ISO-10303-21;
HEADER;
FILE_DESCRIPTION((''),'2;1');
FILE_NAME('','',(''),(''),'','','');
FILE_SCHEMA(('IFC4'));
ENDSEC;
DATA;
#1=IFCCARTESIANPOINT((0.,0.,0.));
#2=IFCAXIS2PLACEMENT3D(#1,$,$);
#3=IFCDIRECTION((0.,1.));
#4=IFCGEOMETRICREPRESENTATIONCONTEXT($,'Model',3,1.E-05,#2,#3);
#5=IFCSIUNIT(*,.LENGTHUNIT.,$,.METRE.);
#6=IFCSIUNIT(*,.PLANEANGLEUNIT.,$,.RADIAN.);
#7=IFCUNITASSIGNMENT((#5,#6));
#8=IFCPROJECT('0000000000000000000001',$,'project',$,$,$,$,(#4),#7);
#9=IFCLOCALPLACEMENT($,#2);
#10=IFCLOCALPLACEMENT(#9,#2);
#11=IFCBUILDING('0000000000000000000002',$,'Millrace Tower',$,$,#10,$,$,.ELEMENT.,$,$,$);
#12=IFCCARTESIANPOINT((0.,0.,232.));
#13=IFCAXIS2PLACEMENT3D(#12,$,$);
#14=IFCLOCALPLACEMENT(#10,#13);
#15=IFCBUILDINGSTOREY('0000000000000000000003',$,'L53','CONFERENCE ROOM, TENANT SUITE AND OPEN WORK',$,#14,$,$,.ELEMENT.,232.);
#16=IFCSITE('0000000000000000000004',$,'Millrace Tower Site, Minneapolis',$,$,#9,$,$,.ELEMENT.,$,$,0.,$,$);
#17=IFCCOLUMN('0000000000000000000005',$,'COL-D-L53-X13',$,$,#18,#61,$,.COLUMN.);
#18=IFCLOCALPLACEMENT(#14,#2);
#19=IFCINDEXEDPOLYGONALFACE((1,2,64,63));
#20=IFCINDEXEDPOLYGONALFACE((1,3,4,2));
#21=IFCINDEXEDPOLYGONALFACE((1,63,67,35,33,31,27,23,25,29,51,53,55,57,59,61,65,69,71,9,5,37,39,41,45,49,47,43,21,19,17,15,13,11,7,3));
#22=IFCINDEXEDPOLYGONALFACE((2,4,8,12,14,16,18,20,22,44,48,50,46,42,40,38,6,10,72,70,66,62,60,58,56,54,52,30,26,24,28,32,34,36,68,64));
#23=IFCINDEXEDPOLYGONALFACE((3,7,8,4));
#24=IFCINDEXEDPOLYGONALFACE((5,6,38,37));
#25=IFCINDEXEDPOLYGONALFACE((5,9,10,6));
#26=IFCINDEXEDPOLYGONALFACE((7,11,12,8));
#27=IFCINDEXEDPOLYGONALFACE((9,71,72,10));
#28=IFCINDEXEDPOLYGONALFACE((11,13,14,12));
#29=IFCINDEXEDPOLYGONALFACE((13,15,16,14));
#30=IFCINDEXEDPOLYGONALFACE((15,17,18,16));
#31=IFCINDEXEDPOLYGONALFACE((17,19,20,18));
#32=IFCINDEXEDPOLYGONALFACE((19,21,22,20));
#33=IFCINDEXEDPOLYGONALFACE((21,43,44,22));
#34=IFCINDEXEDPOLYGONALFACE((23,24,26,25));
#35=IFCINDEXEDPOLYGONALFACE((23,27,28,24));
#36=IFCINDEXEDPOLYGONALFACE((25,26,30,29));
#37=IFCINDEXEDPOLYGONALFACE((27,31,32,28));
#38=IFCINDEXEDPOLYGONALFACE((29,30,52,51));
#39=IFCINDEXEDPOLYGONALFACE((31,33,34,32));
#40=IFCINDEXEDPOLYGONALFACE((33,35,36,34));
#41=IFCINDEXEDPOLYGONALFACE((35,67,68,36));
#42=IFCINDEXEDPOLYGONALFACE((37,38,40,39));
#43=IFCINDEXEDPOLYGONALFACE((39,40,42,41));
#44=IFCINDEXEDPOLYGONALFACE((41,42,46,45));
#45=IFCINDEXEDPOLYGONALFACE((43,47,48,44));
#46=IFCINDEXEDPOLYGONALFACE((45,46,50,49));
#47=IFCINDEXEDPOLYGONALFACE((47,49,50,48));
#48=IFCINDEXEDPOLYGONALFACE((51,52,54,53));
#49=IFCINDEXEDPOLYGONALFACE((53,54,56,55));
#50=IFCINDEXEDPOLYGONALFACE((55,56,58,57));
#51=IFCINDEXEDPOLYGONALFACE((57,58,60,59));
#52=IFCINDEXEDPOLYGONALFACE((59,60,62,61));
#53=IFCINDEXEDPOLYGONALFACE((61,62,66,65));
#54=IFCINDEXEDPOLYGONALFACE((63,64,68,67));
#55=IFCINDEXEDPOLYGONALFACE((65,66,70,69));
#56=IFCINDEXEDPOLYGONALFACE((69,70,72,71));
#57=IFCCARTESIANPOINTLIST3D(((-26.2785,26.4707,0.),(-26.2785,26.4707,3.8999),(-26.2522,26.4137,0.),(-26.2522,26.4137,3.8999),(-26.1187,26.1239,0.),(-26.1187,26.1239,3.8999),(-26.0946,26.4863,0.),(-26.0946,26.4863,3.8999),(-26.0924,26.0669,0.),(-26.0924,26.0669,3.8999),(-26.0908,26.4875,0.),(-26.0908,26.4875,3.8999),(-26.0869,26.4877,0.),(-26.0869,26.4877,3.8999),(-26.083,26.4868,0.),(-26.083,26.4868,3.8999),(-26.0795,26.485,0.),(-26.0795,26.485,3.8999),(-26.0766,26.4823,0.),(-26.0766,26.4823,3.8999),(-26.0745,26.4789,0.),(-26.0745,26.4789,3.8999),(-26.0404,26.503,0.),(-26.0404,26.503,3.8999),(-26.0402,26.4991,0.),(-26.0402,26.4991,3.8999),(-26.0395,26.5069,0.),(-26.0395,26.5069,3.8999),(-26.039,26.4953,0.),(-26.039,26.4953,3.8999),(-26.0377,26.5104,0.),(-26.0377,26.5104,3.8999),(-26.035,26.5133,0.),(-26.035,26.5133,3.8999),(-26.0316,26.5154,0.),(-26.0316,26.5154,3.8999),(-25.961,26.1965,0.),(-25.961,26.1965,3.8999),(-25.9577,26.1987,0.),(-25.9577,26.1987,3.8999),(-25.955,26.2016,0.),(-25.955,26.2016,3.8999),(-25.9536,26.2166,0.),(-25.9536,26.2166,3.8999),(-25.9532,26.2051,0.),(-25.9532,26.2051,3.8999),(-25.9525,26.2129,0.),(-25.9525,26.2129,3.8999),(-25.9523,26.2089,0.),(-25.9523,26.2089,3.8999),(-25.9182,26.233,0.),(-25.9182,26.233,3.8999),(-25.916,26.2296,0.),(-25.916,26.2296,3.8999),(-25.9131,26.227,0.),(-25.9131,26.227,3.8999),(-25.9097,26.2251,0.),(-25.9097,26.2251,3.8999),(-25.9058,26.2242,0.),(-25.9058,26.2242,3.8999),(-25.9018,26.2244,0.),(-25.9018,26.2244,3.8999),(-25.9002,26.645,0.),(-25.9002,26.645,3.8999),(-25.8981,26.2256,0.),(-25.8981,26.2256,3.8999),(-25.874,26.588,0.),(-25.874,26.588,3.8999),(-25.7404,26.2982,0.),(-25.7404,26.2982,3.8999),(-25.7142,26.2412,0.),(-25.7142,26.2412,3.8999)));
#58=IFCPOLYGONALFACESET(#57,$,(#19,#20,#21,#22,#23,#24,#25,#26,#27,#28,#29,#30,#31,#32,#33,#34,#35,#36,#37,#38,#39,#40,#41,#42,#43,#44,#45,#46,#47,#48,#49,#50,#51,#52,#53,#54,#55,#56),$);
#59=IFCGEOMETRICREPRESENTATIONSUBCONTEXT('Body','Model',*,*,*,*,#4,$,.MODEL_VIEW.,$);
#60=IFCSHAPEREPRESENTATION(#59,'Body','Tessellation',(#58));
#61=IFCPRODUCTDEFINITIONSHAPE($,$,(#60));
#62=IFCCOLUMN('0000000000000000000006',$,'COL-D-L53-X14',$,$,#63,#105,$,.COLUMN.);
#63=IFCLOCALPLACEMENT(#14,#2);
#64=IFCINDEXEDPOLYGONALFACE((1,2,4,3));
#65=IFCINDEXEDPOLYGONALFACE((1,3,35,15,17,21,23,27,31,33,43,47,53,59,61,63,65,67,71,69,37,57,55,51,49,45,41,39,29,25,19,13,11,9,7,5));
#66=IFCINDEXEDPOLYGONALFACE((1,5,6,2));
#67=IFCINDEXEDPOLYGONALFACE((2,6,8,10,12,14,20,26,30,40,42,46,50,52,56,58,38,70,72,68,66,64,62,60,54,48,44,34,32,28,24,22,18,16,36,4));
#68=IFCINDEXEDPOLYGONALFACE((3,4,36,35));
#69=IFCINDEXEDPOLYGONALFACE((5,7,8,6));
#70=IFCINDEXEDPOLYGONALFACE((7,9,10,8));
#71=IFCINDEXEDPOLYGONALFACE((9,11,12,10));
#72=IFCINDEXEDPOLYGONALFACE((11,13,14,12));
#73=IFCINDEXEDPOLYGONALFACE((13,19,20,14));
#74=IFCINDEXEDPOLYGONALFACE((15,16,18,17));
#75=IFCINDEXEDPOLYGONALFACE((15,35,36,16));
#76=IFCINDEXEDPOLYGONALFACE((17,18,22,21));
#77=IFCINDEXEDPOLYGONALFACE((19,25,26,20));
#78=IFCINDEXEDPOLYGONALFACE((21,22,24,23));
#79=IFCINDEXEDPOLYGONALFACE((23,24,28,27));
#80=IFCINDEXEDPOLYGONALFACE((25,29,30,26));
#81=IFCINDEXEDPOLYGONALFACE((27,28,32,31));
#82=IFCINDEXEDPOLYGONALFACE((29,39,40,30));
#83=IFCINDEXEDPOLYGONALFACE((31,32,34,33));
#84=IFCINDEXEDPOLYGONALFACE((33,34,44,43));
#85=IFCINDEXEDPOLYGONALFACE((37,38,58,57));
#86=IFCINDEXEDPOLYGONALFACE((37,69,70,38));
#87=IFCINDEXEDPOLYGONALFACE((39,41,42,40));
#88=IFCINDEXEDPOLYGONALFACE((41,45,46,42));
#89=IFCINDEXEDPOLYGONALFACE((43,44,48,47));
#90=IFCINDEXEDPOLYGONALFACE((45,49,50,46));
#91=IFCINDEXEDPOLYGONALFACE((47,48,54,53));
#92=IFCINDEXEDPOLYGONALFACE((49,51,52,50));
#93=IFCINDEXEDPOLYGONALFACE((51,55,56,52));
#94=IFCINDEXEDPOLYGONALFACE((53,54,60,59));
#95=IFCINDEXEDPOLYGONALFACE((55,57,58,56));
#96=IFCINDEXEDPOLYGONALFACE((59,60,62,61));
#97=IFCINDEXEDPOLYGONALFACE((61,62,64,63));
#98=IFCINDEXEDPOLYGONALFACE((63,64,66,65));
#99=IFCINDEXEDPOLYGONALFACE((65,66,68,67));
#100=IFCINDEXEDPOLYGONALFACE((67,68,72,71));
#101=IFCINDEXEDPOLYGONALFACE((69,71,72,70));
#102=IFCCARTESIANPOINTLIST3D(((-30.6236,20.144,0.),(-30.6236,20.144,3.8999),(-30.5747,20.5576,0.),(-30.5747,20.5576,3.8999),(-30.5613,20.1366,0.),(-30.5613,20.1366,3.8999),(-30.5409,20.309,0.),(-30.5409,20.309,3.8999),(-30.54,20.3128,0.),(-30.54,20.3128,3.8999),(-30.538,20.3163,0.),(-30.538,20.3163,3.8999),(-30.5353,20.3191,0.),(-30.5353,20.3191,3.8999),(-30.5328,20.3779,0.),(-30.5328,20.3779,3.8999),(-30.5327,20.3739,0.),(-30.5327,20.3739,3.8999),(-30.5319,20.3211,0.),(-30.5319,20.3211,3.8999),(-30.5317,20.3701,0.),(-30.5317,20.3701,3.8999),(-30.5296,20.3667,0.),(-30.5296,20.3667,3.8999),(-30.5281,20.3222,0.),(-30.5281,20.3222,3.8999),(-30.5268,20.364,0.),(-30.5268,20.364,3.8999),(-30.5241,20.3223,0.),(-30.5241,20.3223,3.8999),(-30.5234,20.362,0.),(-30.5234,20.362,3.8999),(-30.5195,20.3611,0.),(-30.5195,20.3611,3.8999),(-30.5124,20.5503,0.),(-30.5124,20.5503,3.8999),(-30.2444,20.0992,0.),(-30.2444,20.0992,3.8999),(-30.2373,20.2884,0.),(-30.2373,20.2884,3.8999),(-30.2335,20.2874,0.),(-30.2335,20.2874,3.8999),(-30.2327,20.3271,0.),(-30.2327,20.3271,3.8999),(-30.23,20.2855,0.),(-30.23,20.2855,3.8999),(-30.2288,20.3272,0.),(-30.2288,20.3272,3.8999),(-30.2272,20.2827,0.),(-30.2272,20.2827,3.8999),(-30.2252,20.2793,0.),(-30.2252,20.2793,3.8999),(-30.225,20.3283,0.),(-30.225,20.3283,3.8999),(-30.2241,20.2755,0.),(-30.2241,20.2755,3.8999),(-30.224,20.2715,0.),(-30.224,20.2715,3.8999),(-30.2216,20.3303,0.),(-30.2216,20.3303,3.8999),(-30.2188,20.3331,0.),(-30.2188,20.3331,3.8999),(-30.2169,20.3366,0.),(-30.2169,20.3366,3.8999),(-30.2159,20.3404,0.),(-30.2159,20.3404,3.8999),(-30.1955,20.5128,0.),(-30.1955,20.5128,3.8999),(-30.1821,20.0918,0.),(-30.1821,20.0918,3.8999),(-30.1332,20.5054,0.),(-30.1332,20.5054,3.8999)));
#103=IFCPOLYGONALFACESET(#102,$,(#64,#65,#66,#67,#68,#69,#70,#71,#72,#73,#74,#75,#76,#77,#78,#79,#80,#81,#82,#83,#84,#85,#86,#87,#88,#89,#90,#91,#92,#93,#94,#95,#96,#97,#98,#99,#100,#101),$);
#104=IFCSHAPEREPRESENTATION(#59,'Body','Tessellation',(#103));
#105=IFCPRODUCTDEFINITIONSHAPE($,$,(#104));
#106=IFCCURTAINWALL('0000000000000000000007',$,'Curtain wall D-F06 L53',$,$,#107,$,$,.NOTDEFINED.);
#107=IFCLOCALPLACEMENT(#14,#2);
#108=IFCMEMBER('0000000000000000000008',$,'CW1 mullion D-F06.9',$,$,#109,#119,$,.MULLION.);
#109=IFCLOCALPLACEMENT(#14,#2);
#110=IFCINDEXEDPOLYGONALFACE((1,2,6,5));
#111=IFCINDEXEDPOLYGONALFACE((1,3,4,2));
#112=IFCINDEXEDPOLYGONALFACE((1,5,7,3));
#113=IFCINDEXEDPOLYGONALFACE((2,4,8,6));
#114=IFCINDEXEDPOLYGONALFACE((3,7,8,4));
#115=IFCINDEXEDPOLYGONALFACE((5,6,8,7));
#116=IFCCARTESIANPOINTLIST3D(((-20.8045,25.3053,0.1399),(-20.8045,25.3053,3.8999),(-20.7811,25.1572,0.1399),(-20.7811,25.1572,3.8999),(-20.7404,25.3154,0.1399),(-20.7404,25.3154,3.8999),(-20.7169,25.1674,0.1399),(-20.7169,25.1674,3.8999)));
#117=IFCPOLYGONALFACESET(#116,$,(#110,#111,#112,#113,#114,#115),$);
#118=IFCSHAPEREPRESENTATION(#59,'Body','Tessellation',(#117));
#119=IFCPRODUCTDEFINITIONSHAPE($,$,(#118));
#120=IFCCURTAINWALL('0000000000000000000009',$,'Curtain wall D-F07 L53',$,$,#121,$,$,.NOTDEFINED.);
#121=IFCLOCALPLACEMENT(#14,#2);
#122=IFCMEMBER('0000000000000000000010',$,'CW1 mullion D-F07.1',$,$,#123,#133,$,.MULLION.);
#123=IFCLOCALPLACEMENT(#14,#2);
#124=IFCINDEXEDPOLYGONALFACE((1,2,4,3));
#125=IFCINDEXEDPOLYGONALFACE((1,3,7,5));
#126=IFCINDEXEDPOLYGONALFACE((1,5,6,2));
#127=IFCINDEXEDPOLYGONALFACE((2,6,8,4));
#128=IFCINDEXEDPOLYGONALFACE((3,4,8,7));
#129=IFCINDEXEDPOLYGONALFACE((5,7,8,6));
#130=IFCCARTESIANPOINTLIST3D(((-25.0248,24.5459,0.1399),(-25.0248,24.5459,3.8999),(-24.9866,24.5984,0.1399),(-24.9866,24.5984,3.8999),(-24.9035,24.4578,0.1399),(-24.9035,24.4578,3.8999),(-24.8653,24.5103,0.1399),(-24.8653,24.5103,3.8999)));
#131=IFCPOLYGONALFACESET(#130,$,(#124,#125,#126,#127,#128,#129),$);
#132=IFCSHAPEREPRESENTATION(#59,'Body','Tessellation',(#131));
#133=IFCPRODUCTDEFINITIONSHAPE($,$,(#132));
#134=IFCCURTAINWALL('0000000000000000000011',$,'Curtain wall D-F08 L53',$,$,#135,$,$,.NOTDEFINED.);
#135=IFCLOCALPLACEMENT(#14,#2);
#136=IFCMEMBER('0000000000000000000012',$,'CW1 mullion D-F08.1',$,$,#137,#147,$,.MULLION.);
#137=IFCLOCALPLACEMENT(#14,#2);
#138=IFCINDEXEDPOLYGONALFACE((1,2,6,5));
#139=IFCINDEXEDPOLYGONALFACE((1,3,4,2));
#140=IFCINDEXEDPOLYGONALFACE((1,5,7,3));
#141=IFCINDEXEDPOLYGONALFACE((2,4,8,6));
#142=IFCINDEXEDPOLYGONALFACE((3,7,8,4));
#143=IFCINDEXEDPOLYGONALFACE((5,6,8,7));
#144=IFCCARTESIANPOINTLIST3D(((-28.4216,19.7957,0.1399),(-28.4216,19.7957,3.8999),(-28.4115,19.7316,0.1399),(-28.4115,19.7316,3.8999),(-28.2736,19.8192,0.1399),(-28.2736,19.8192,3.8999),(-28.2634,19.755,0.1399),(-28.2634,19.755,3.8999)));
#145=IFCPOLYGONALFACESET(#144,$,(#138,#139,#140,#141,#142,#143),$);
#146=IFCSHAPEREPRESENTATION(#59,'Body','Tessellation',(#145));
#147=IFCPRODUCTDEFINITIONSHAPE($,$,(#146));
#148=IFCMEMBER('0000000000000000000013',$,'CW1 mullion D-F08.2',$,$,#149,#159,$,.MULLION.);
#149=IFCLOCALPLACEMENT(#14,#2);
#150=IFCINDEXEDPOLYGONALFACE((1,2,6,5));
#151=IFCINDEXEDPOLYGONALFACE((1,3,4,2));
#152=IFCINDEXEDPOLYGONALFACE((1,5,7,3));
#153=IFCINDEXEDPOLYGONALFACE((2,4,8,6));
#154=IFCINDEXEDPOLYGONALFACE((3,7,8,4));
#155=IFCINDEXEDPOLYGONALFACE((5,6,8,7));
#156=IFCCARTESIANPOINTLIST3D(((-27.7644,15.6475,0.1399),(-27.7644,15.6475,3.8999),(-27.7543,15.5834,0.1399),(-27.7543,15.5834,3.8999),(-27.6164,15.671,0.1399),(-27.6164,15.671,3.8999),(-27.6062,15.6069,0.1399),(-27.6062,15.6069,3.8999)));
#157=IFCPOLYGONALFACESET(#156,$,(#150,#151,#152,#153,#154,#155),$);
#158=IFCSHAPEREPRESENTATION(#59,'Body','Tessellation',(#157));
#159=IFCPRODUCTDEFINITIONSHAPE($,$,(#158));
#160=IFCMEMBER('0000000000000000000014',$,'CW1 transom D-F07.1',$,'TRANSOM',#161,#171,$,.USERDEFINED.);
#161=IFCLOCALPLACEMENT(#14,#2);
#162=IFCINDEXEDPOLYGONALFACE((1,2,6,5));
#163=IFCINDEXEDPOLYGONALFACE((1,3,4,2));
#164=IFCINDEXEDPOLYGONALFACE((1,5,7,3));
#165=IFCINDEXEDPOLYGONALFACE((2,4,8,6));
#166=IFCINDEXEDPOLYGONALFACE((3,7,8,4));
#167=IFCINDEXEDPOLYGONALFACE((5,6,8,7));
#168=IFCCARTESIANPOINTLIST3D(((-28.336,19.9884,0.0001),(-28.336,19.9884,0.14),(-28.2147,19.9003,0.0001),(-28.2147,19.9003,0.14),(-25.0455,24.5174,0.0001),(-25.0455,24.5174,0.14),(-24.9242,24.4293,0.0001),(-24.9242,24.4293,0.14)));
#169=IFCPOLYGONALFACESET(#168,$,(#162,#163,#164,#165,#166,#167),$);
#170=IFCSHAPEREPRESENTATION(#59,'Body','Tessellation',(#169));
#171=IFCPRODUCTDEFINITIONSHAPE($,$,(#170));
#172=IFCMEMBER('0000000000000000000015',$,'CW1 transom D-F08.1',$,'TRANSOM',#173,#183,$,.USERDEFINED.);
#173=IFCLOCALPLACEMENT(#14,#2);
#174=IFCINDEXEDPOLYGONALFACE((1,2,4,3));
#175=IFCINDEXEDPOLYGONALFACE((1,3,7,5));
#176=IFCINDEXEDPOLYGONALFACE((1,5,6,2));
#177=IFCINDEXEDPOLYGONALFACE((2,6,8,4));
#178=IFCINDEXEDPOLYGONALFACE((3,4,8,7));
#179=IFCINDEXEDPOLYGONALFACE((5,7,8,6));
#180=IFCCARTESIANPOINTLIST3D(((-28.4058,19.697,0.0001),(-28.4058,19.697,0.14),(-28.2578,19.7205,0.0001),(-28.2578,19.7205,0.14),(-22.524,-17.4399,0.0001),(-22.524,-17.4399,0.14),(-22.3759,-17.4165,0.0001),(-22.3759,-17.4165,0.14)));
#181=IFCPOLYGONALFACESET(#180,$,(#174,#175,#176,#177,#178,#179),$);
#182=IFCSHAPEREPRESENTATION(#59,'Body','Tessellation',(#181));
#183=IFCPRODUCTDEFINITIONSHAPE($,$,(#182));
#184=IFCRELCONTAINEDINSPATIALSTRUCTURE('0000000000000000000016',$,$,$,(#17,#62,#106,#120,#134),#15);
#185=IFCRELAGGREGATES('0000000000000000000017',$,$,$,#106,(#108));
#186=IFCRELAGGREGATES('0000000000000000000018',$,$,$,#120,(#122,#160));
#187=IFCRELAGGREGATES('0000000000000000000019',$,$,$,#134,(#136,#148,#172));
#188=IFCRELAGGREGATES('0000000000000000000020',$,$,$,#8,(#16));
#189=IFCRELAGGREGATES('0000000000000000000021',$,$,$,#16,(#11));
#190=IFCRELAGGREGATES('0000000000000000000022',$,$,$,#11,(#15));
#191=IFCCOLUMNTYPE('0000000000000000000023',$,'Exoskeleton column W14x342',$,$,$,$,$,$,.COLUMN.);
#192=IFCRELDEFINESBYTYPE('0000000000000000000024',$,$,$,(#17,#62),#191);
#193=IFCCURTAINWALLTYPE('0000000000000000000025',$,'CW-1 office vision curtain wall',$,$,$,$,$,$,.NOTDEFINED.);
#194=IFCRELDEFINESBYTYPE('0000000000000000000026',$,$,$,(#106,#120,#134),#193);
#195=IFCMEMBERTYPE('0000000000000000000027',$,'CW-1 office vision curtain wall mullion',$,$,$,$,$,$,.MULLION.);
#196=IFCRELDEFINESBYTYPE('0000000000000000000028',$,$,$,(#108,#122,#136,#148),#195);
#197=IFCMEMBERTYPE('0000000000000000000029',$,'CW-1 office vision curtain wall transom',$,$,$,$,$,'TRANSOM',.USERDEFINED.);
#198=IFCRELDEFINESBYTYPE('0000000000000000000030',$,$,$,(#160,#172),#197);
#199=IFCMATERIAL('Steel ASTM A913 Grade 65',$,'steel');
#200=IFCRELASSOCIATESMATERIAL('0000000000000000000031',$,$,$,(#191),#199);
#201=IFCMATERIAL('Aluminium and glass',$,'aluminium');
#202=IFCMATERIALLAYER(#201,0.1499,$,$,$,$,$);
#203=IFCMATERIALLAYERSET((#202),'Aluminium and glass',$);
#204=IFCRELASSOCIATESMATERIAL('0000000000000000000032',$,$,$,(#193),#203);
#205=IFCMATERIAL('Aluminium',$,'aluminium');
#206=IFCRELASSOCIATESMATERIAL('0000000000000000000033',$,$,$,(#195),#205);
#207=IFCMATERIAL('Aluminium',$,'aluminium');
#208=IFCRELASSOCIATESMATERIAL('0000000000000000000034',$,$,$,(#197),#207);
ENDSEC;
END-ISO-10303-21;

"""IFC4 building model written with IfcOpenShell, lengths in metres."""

from ifc_helpers import new_model, si_unit, direction, frame, origin, origin_2d, place, context, subcontext, project, spatial, rectangle, i_section, extrude, material, layer, layer_set, material_profile, profile_set, type_object, element, aggregate, save


model = new_model("IFC4")

# Units and contexts
model_context = context("Model", 3, precision=1e-05, world=origin(), true_north=direction((0.0, 1.0)))
body_context = subcontext(model_context, "Body", "Model", "MODEL_VIEW")
ifc_project = project(units=[si_unit("LENGTHUNIT", "METRE"), si_unit("PLANEANGLEUNIT", "RADIAN")], contexts=[model_context])

# Site, building, storey
site_placement = place(None, origin())
site = spatial("IfcSite", under=ifc_project, at=site_placement, Name="Millrace Tower Site, Minneapolis", CompositionType="ELEMENT", RefElevation=0.0)
building_placement = place(site_placement, origin())
building = spatial("IfcBuilding", under=site, at=building_placement, Name="Millrace Tower", CompositionType="ELEMENT")
storey_placement = place(building_placement, frame((0.0, 0.0, 232.0)))
storey = spatial("IfcBuildingStorey", under=building, at=storey_placement, Name="L53", Description="CONFERENCE ROOM, TENANT SUITE AND OPEN WORK", CompositionType="ELEMENT", Elevation=232.0)

# Columns
ifc_material_1 = material(Name="Steel ASTM A913 Grade 65", Category="steel")
ifc_material_profile_1 = material_profile(ifc_material_1, i_section(OverallWidth=0.4165, OverallDepth=0.4446, WebThickness=0.0391, FlangeThickness=0.0627, FilletRadius=0.0151, at=origin_2d()))
ifc_profile_set_1 = profile_set([ifc_material_profile_1], Name="Steel ASTM A913 Grade 65")
column_type = type_object("IfcColumnType", Name="Exoskeleton column W14x342", PredefinedType="COLUMN", material=ifc_profile_set_1)
for number, where, z_axis, x_axis, name in (
    (1, (-25.9963, 26.356, 0.0), (0.0, 0.0, 1.0), (-0.908192, -0.418553, 0.0), "COL-D-L53-X13"),
    (2, (-30.3784, 20.3247, 0.0), (0.0, 0.0, 1.0), (-0.117421, -0.993082, 0.0), "COL-D-L53-X14"),
):
    element("IfcColumn", number, at=place(storey_placement, frame(where, z_axis=z_axis, x_axis=x_axis)), inside=storey, type_object=column_type, Name=name, PredefinedType="COLUMN", context=body_context, shape_type="SweptSolid", body=[
        extrude(i_section(OverallWidth=0.4165, OverallDepth=0.4446, WebThickness=0.0391, FlangeThickness=0.0627, FilletRadius=0.0151, at=origin_2d()), origin(), (0.0, 0.0, 1.0), 3.8999),
    ])

# Curtain walls, members
ifc_material_2 = material(Name="Aluminium and glass", Category="aluminium")
ifc_layer_1 = layer(ifc_material_2, 0.1499)
ifc_layer_set_1 = layer_set([ifc_layer_1], Name="Aluminium and glass")
curtain_wall_type = type_object("IfcCurtainWallType", Name="CW-1 office vision curtain wall", PredefinedType="NOTDEFINED", material=ifc_layer_set_1)
placement = place(storey_placement, origin())
curtain_wall_1 = element("IfcCurtainWall", 3, at=placement, inside=storey, type_object=curtain_wall_type, Name="Curtain wall D-F06 L53", PredefinedType="NOTDEFINED")
ifc_material_3 = material(Name="Aluminium", Category="aluminium")
ifc_material_profile_2 = material_profile(ifc_material_3, rectangle(XDim=0.0649, YDim=0.1499, at=origin_2d()))
ifc_profile_set_2 = profile_set([ifc_material_profile_2], Name="Aluminium")
member_type_1 = type_object("IfcMemberType", Name="CW-1 office vision curtain wall mullion", PredefinedType="MULLION", material=ifc_profile_set_2)
member_1_placement = place(storey_placement, frame((-20.7607, 25.2363, 0.1399), z_axis=(0.0, 0.0, 1.0), x_axis=(-0.987688, -0.156434, 0.0)))
member_1 = element("IfcMember", 4, at=member_1_placement, type_object=member_type_1, Name="CW1 mullion D-F06.9", PredefinedType="MULLION", context=body_context, shape_type="SweptSolid", body=[
    extrude(rectangle(XDim=0.0649, YDim=0.1499, at=origin_2d()), origin(), (0.0, 0.0, 1.0), 3.76),
])
aggregate(curtain_wall_1, [member_1])
curtain_wall_2 = element("IfcCurtainWall", 5, at=placement, inside=storey, type_object=curtain_wall_type, Name="Curtain wall D-F07 L53", PredefinedType="NOTDEFINED")
member_2_placement = place(storey_placement, frame((-24.9451, 24.5281, 0.1399), z_axis=(0.0, 0.0, 1.0), x_axis=(-0.587785, -0.809017, 0.0)))
member_2 = element("IfcMember", 6, at=member_2_placement, type_object=member_type_1, Name="CW1 mullion D-F07.1", PredefinedType="MULLION", context=body_context, shape_type="SweptSolid", body=[
    extrude(rectangle(XDim=0.0649, YDim=0.1499, at=origin_2d()), origin(), (0.0, 0.0, 1.0), 3.76),
])

# Curtain wall, members
curtain_wall_3 = element("IfcCurtainWall", 7, at=placement, inside=storey, type_object=curtain_wall_type, Name="Curtain wall D-F08 L53", PredefinedType="NOTDEFINED")
member_3_placement = place(storey_placement, frame((-28.3425, 19.7754, 0.1399), z_axis=(0.0, 0.0, 1.0), x_axis=(0.156434, -0.987688, 0.0)))
member_3 = element("IfcMember", 8, at=member_3_placement, type_object=member_type_1, Name="CW1 mullion D-F08.1", PredefinedType="MULLION", context=body_context, shape_type="SweptSolid", body=[
    extrude(rectangle(XDim=0.0649, YDim=0.1499, at=origin_2d()), origin(), (0.0, 0.0, 1.0), 3.76),
])
member_4_placement = place(storey_placement, frame((-27.6853, 15.6272, 0.1399), z_axis=(0.0, 0.0, 1.0), x_axis=(0.156434, -0.987688, 0.0)))
member_4 = element("IfcMember", 9, at=member_4_placement, type_object=member_type_1, Name="CW1 mullion D-F08.2", PredefinedType="MULLION", context=body_context, shape_type="SweptSolid", body=[
    extrude(rectangle(XDim=0.0649, YDim=0.1499, at=origin_2d()), origin(), (0.0, 0.0, 1.0), 3.76),
])

# Members
ifc_material_4 = material(Name="Aluminium", Category="aluminium")
ifc_material_profile_3 = material_profile(ifc_material_4, rectangle(XDim=0.1499, YDim=0.1399, at=origin_2d()))
ifc_profile_set_3 = profile_set([ifc_material_profile_3], Name="Aluminium")
member_type_2 = type_object("IfcMemberType", Name="CW-1 office vision curtain wall transom", ElementType="TRANSOM", PredefinedType="USERDEFINED", material=ifc_profile_set_3)
member_5_placement = place(storey_placement, frame((-24.9849, 24.4734, 0.0701), z_axis=(-0.587783, -0.809019, 0.0), x_axis=(0.809019, -0.587783, 0.0)))
member_5 = element("IfcMember", 10, at=member_5_placement, type_object=member_type_2, Name="CW1 transom D-F07.1", ObjectType="TRANSOM", PredefinedType="USERDEFINED", context=body_context, shape_type="SweptSolid", body=[
    extrude(rectangle(XDim=0.1499, YDim=0.1399, at=origin_2d()), origin(), (0.0, 0.0, 1.0), 5.5981),
])
aggregate(curtain_wall_2, [member_2, member_5])
member_6_placement = place(storey_placement, frame((-28.3318, 19.7087, 0.0701), z_axis=(0.156432, -0.987689, 0.0), x_axis=(0.987689, 0.156432, 0.0)))
member_6 = element("IfcMember", 11, at=member_6_placement, type_object=member_type_2, Name="CW1 transom D-F08.1", ObjectType="TRANSOM", PredefinedType="USERDEFINED", context=body_context, shape_type="SweptSolid", body=[
    extrude(rectangle(XDim=0.1499, YDim=0.1399, at=origin_2d()), origin(), (0.0, 0.0, 1.0), 37.5999),
])
aggregate(curtain_wall_3, [member_3, member_4, member_6])

save(model, "model.ifc")
